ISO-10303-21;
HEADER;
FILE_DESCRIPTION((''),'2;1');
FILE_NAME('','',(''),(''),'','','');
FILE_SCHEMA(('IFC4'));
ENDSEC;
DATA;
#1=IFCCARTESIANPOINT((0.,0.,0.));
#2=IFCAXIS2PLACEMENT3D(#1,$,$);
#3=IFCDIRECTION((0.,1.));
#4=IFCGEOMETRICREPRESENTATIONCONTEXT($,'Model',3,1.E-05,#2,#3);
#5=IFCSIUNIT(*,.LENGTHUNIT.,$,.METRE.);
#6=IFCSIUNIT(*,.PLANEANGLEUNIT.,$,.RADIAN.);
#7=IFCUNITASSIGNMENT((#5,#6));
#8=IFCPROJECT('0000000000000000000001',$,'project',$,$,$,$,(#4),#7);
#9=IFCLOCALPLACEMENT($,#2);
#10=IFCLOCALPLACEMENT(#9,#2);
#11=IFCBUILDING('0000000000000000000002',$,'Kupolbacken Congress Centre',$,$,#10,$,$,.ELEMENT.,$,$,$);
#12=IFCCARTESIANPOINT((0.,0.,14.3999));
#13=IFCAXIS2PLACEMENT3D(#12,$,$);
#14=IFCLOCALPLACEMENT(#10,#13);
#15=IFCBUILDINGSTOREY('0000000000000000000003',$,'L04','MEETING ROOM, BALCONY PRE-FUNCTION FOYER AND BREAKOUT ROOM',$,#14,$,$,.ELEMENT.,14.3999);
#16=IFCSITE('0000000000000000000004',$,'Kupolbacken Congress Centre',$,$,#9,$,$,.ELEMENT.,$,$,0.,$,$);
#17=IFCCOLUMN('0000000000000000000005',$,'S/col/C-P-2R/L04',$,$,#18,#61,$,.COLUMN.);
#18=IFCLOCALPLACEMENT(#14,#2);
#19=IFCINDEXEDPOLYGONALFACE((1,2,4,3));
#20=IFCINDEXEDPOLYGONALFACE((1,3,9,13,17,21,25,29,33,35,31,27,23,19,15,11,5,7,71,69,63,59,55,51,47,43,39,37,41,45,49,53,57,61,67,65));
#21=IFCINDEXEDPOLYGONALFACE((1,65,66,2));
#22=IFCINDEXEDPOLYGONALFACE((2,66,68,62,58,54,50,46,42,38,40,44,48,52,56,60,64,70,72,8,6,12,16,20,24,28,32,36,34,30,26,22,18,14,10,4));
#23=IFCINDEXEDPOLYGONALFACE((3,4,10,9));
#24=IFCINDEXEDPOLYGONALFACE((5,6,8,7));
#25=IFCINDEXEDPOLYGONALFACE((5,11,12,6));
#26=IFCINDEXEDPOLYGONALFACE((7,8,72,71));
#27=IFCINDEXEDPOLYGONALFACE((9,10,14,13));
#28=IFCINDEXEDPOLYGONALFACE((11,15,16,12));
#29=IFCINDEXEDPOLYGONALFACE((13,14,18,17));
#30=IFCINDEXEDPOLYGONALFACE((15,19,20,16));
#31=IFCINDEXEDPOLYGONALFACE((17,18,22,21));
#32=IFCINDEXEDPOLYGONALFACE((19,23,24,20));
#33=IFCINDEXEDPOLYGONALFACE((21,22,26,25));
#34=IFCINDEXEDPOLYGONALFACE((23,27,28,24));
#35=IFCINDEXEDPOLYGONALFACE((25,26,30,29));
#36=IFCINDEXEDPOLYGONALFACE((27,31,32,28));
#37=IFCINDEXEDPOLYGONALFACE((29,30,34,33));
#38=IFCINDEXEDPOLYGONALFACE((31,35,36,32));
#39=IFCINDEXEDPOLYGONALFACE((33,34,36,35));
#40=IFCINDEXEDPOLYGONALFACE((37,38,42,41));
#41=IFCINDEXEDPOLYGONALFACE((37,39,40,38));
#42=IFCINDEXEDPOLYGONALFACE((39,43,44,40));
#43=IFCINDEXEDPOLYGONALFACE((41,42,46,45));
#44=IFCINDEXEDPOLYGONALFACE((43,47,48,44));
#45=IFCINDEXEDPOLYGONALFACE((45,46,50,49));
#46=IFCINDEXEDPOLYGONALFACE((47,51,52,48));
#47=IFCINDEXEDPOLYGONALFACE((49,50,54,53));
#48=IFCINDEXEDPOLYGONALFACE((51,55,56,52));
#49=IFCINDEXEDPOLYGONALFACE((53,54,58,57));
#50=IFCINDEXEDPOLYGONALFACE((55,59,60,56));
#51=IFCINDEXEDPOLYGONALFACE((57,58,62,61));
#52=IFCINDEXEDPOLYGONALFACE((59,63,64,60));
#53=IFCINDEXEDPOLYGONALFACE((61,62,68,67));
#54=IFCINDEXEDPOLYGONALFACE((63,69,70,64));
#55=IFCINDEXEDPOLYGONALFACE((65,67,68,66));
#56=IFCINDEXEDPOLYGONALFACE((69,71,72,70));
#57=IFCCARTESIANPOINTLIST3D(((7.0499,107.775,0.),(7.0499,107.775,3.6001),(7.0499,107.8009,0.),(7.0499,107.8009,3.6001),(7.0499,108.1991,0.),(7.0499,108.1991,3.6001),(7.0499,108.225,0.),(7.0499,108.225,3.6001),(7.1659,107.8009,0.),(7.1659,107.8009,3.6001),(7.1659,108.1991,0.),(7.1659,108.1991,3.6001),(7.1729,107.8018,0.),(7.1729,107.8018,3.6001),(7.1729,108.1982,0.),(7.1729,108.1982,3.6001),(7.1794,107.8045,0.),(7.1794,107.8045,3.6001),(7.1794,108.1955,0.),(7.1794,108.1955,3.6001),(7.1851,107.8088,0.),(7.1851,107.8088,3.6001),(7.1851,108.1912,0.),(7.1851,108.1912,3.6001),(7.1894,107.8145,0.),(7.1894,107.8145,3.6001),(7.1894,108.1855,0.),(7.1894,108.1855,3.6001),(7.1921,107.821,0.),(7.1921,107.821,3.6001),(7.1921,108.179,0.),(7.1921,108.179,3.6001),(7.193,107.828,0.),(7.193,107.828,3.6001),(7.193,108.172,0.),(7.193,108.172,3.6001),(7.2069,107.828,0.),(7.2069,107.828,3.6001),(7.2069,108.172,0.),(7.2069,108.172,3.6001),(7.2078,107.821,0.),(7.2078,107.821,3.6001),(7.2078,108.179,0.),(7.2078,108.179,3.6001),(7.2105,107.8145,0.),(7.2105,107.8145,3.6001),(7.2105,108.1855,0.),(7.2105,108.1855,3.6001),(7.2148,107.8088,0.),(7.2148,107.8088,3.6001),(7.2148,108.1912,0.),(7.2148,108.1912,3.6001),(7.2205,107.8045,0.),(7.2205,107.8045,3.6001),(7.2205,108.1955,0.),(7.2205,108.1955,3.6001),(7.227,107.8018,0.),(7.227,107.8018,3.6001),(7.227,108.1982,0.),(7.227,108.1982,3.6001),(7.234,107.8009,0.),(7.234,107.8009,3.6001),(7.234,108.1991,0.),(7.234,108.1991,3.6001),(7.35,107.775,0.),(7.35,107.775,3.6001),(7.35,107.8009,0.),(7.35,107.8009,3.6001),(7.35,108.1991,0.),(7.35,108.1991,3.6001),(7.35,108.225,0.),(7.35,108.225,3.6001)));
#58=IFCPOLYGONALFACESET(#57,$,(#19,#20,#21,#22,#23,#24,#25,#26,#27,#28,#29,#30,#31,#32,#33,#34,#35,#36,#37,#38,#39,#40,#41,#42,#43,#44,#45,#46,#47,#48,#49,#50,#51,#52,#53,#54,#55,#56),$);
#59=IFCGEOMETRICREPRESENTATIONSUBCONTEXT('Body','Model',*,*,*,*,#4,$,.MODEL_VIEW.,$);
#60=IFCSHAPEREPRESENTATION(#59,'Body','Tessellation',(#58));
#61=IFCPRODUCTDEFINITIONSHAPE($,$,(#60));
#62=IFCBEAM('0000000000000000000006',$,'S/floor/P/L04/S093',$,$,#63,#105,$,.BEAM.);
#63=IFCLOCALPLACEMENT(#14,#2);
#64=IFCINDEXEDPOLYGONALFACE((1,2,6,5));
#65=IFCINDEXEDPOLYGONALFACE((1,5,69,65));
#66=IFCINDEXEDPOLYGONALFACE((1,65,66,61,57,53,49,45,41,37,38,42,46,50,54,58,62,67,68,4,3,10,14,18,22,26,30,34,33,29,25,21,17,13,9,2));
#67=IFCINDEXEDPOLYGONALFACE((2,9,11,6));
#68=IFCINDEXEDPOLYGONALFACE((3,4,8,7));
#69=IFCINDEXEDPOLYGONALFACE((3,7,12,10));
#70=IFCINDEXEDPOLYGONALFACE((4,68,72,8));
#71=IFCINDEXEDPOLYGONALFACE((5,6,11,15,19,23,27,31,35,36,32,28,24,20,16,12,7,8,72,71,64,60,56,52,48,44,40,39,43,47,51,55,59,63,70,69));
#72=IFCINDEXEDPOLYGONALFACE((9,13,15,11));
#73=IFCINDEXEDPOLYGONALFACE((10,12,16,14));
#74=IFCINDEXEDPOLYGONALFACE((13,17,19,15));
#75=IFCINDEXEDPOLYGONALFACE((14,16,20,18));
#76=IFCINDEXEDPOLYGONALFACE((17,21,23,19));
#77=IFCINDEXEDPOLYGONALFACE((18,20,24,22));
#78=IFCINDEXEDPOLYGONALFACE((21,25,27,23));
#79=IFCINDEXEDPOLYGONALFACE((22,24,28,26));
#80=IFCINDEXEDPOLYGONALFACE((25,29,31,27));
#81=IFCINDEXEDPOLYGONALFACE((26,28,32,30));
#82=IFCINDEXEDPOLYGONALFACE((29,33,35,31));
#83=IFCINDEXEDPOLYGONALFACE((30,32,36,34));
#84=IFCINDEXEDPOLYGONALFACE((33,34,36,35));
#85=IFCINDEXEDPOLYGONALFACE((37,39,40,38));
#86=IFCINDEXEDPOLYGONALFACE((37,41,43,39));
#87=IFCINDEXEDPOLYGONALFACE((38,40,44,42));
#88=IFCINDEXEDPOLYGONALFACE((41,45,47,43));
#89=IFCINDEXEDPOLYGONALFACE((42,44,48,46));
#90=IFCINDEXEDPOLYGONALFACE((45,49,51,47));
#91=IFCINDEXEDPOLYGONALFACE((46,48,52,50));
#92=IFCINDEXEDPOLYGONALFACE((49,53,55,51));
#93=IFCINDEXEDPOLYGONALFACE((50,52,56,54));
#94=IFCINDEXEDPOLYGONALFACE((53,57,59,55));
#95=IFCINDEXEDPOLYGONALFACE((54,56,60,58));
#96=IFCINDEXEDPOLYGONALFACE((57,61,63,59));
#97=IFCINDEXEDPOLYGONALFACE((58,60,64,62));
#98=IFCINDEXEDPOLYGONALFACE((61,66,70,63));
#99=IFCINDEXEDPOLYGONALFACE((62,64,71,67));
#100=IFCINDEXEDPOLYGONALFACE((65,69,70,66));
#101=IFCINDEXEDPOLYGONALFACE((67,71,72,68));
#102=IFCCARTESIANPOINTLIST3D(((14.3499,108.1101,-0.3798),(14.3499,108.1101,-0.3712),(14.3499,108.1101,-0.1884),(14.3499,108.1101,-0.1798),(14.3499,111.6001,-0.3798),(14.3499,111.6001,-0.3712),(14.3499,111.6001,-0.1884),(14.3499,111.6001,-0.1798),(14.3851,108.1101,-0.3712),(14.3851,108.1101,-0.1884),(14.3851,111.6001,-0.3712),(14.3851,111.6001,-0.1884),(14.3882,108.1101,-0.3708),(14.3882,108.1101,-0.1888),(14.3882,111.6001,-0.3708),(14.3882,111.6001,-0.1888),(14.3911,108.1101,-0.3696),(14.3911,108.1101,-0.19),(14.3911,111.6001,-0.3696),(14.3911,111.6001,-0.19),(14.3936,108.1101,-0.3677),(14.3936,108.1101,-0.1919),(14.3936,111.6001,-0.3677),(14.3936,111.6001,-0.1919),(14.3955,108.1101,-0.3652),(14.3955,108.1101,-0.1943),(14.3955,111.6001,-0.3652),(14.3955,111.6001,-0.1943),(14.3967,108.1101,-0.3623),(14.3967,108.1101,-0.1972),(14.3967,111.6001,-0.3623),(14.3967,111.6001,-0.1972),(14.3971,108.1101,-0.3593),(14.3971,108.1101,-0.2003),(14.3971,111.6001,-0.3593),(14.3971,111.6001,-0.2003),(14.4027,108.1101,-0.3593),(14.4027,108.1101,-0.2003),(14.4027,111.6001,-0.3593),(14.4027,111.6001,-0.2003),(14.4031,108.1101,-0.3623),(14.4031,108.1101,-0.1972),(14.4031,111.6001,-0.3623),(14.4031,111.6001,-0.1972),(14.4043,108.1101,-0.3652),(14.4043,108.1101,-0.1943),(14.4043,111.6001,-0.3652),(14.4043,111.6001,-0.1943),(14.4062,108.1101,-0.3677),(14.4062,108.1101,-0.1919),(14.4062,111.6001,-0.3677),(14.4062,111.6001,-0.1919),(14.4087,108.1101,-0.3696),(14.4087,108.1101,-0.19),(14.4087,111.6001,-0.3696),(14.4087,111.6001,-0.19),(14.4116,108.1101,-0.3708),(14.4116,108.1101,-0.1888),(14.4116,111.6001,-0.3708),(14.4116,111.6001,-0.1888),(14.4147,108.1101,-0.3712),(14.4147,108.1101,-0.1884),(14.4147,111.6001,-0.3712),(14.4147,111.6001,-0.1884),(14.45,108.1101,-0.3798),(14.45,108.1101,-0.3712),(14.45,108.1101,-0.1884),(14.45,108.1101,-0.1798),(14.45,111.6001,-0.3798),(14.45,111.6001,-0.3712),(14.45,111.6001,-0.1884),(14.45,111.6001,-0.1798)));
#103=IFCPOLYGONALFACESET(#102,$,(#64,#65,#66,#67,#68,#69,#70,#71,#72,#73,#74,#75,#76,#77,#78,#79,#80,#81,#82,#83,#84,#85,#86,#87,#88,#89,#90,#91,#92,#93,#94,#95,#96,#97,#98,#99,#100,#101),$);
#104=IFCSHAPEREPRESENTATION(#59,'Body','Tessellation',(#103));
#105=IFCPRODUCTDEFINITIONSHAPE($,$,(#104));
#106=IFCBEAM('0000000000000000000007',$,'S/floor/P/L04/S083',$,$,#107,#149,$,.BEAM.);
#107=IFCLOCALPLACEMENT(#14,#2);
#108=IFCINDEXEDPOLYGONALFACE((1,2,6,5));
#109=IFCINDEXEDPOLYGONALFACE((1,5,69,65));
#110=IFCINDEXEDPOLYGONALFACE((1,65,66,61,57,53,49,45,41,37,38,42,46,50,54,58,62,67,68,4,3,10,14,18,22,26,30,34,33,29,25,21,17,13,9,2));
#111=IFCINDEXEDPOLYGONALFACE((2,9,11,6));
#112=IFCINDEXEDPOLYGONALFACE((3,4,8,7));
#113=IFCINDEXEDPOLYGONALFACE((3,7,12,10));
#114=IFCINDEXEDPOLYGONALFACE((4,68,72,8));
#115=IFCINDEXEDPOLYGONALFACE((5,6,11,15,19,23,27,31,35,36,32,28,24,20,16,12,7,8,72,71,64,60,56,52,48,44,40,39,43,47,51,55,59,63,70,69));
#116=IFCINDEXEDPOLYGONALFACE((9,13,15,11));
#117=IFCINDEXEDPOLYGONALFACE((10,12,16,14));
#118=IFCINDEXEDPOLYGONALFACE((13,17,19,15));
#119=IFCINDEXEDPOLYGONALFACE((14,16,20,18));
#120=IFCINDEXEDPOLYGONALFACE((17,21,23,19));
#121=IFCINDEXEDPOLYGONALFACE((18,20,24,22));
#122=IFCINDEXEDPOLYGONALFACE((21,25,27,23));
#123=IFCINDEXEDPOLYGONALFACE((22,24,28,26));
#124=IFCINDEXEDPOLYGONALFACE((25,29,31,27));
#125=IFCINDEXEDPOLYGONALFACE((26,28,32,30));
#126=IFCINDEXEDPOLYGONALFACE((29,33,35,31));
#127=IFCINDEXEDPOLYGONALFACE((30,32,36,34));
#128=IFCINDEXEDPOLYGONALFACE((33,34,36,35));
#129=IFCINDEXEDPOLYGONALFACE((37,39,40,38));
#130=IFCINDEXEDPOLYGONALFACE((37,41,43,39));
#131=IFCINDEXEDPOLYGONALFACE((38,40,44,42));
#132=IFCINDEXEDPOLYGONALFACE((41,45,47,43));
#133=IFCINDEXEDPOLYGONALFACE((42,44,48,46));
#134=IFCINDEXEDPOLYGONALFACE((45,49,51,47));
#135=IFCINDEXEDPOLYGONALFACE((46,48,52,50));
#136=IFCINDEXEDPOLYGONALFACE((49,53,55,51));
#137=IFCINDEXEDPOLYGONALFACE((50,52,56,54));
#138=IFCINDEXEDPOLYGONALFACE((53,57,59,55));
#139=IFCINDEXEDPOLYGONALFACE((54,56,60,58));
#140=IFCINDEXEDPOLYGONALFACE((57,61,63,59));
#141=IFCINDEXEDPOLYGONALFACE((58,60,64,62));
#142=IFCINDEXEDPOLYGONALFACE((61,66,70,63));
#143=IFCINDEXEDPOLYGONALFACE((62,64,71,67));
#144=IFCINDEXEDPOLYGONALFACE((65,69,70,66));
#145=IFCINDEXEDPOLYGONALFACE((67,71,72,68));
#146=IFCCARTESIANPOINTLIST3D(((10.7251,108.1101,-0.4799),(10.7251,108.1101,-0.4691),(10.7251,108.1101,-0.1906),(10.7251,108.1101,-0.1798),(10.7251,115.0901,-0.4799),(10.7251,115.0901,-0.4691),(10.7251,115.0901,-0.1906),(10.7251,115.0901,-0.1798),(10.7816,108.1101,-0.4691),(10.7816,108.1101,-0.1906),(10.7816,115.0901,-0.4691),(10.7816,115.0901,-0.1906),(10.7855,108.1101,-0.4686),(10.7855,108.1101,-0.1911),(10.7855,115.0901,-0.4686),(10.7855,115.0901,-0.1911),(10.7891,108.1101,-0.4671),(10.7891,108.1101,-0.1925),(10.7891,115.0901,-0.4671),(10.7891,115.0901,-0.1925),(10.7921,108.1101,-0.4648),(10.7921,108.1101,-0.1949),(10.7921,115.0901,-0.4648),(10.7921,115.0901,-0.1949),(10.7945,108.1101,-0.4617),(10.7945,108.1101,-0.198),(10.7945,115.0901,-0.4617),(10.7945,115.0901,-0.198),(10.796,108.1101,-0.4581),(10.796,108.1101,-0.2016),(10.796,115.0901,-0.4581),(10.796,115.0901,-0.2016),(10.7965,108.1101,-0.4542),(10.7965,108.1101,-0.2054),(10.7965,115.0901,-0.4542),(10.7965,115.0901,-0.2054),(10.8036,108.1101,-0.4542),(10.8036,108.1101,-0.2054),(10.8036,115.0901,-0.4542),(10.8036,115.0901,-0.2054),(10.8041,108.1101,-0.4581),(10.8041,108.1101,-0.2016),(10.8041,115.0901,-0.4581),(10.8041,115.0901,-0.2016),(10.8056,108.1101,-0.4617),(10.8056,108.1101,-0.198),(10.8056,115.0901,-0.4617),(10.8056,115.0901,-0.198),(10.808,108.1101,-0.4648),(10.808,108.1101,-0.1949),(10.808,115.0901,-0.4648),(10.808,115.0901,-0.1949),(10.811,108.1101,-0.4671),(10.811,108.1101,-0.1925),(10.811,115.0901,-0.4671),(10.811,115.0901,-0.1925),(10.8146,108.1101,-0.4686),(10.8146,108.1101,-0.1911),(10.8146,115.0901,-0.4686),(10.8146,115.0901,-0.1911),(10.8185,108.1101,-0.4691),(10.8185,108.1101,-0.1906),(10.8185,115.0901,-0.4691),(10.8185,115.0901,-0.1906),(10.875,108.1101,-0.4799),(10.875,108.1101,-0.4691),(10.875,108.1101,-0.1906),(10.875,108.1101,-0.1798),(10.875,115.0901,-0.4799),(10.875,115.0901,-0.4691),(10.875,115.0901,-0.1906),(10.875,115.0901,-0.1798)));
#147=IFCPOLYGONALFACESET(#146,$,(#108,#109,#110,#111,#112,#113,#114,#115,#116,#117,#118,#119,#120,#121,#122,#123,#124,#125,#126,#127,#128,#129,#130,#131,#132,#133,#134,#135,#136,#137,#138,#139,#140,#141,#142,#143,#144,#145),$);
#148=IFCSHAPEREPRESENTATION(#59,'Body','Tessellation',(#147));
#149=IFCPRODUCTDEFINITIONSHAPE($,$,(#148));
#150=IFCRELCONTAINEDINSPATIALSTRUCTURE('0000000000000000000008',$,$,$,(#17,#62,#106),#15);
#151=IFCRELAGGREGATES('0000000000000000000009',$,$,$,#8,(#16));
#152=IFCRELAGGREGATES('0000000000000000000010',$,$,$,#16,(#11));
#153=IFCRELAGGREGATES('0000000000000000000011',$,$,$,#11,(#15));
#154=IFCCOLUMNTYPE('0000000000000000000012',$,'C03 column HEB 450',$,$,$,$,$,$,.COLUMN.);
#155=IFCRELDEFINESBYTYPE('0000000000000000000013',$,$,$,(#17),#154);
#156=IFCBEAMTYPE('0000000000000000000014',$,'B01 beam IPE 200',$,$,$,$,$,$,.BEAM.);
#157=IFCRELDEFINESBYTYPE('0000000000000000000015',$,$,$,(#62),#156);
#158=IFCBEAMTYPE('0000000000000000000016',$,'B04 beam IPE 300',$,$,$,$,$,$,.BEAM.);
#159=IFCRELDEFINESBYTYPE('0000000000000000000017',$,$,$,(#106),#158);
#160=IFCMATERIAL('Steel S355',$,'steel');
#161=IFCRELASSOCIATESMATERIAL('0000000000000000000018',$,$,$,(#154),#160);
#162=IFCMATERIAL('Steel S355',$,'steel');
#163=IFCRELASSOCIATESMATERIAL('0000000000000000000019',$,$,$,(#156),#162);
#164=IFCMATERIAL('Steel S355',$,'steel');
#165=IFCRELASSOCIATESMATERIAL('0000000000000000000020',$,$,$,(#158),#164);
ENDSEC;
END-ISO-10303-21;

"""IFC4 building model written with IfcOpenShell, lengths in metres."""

from ifc_helpers import new_model, si_unit, direction, frame, origin, origin_2d, place, context, subcontext, project, spatial, i_section, extrude, material, material_profile, profile_set, type_object, element, save


model = new_model("IFC4")

# Units and contexts
model_context = context("Model", 3, precision=1e-05, world=origin(), true_north=direction((0.0, 1.0)))
body_context = subcontext(model_context, "Body", "Model", "MODEL_VIEW")
ifc_project = project(units=[si_unit("LENGTHUNIT", "METRE"), si_unit("PLANEANGLEUNIT", "RADIAN")], contexts=[model_context])

# Site, building, storey
site_placement = place(None, origin())
site = spatial("IfcSite", under=ifc_project, at=site_placement, Name="Kupolbacken Congress Centre", CompositionType="ELEMENT", RefElevation=0.0)
building_placement = place(site_placement, origin())
building = spatial("IfcBuilding", under=site, at=building_placement, Name="Kupolbacken Congress Centre", CompositionType="ELEMENT")
storey_placement = place(building_placement, frame((0.0, 0.0, 14.3999)))
storey = spatial("IfcBuildingStorey", under=building, at=storey_placement, Name="L04", Description="MEETING ROOM, BALCONY PRE-FUNCTION FOYER AND BREAKOUT ROOM", CompositionType="ELEMENT", Elevation=14.3999)

# Column
ifc_material_1 = material(Name="Steel S355", Category="steel")
ifc_material_profile_1 = material_profile(ifc_material_1, i_section(OverallWidth=0.3, OverallDepth=0.45, WebThickness=0.0139, FlangeThickness=0.0259, FilletRadius=0.0271, at=origin_2d()), Name="HEB 450")
ifc_profile_set_1 = profile_set([ifc_material_profile_1], Name="Steel S355")
column_type = type_object("IfcColumnType", Name="C03 column HEB 450", PredefinedType="COLUMN", material=ifc_profile_set_1)
column_placement = place(storey_placement, frame((7.2, 108.0, 0.0), z_axis=(0.0, 0.0, 1.0), x_axis=(1.0, 0.0, 0.0)))
element("IfcColumn", 1, at=column_placement, inside=storey, type_object=column_type, Name="S/col/C-P-2R/L04", PredefinedType="COLUMN", context=body_context, shape_type="SweptSolid", body=[
    extrude(i_section(OverallWidth=0.3, OverallDepth=0.45, WebThickness=0.0139, FlangeThickness=0.0259, FilletRadius=0.0271, at=origin_2d()), origin(), (0.0, 0.0, 1.0), 3.6001),
])

# Beams
ifc_material_2 = material(Name="Steel S355", Category="steel")
ifc_material_profile_2 = material_profile(ifc_material_2, i_section(OverallWidth=0.1001, OverallDepth=0.2, WebThickness=0.0056, FlangeThickness=0.0085, FilletRadius=0.012, at=origin_2d()), Name="IPE 200")
ifc_profile_set_2 = profile_set([ifc_material_profile_2], Name="Steel S355")
beam_type_1 = type_object("IfcBeamType", Name="B01 beam IPE 200", PredefinedType="BEAM", material=ifc_profile_set_2)
beam_1_placement = place(storey_placement, frame((14.3999, 108.1101, -0.2798), z_axis=(0.0, 1.0, 0.0), x_axis=(-1.0, 0.0, 0.0)))
element("IfcBeam", 2, at=beam_1_placement, inside=storey, type_object=beam_type_1, Name="S/floor/P/L04/S093", PredefinedType="BEAM", context=body_context, shape_type="SweptSolid", body=[
    extrude(i_section(OverallWidth=0.1001, OverallDepth=0.2, WebThickness=0.0056, FlangeThickness=0.0085, FilletRadius=0.012, at=origin_2d()), origin(), (0.0, 0.0, 1.0), 3.49),
])
ifc_material_3 = material(Name="Steel S355", Category="steel")
ifc_material_profile_3 = material_profile(ifc_material_3, i_section(OverallWidth=0.1499, OverallDepth=0.3, WebThickness=0.0071, FlangeThickness=0.0107, FilletRadius=0.0149, at=origin_2d()), Name="IPE 300")
ifc_profile_set_3 = profile_set([ifc_material_profile_3], Name="Steel S355")
beam_type_2 = type_object("IfcBeamType", Name="B04 beam IPE 300", PredefinedType="BEAM", material=ifc_profile_set_3)
beam_2_placement = place(storey_placement, frame((10.8, 108.1101, -0.3298), z_axis=(0.0, 1.0, 0.0), x_axis=(-1.0, 0.0, 0.0)))
element("IfcBeam", 3, at=beam_2_placement, inside=storey, type_object=beam_type_2, Name="S/floor/P/L04/S083", PredefinedType="BEAM", context=body_context, shape_type="SweptSolid", body=[
    extrude(i_section(OverallWidth=0.1499, OverallDepth=0.3, WebThickness=0.0071, FlangeThickness=0.0107, FilletRadius=0.0149, at=origin_2d()), origin(), (0.0, 0.0, 1.0), 6.98),
])

save(model, "model.ifc")
